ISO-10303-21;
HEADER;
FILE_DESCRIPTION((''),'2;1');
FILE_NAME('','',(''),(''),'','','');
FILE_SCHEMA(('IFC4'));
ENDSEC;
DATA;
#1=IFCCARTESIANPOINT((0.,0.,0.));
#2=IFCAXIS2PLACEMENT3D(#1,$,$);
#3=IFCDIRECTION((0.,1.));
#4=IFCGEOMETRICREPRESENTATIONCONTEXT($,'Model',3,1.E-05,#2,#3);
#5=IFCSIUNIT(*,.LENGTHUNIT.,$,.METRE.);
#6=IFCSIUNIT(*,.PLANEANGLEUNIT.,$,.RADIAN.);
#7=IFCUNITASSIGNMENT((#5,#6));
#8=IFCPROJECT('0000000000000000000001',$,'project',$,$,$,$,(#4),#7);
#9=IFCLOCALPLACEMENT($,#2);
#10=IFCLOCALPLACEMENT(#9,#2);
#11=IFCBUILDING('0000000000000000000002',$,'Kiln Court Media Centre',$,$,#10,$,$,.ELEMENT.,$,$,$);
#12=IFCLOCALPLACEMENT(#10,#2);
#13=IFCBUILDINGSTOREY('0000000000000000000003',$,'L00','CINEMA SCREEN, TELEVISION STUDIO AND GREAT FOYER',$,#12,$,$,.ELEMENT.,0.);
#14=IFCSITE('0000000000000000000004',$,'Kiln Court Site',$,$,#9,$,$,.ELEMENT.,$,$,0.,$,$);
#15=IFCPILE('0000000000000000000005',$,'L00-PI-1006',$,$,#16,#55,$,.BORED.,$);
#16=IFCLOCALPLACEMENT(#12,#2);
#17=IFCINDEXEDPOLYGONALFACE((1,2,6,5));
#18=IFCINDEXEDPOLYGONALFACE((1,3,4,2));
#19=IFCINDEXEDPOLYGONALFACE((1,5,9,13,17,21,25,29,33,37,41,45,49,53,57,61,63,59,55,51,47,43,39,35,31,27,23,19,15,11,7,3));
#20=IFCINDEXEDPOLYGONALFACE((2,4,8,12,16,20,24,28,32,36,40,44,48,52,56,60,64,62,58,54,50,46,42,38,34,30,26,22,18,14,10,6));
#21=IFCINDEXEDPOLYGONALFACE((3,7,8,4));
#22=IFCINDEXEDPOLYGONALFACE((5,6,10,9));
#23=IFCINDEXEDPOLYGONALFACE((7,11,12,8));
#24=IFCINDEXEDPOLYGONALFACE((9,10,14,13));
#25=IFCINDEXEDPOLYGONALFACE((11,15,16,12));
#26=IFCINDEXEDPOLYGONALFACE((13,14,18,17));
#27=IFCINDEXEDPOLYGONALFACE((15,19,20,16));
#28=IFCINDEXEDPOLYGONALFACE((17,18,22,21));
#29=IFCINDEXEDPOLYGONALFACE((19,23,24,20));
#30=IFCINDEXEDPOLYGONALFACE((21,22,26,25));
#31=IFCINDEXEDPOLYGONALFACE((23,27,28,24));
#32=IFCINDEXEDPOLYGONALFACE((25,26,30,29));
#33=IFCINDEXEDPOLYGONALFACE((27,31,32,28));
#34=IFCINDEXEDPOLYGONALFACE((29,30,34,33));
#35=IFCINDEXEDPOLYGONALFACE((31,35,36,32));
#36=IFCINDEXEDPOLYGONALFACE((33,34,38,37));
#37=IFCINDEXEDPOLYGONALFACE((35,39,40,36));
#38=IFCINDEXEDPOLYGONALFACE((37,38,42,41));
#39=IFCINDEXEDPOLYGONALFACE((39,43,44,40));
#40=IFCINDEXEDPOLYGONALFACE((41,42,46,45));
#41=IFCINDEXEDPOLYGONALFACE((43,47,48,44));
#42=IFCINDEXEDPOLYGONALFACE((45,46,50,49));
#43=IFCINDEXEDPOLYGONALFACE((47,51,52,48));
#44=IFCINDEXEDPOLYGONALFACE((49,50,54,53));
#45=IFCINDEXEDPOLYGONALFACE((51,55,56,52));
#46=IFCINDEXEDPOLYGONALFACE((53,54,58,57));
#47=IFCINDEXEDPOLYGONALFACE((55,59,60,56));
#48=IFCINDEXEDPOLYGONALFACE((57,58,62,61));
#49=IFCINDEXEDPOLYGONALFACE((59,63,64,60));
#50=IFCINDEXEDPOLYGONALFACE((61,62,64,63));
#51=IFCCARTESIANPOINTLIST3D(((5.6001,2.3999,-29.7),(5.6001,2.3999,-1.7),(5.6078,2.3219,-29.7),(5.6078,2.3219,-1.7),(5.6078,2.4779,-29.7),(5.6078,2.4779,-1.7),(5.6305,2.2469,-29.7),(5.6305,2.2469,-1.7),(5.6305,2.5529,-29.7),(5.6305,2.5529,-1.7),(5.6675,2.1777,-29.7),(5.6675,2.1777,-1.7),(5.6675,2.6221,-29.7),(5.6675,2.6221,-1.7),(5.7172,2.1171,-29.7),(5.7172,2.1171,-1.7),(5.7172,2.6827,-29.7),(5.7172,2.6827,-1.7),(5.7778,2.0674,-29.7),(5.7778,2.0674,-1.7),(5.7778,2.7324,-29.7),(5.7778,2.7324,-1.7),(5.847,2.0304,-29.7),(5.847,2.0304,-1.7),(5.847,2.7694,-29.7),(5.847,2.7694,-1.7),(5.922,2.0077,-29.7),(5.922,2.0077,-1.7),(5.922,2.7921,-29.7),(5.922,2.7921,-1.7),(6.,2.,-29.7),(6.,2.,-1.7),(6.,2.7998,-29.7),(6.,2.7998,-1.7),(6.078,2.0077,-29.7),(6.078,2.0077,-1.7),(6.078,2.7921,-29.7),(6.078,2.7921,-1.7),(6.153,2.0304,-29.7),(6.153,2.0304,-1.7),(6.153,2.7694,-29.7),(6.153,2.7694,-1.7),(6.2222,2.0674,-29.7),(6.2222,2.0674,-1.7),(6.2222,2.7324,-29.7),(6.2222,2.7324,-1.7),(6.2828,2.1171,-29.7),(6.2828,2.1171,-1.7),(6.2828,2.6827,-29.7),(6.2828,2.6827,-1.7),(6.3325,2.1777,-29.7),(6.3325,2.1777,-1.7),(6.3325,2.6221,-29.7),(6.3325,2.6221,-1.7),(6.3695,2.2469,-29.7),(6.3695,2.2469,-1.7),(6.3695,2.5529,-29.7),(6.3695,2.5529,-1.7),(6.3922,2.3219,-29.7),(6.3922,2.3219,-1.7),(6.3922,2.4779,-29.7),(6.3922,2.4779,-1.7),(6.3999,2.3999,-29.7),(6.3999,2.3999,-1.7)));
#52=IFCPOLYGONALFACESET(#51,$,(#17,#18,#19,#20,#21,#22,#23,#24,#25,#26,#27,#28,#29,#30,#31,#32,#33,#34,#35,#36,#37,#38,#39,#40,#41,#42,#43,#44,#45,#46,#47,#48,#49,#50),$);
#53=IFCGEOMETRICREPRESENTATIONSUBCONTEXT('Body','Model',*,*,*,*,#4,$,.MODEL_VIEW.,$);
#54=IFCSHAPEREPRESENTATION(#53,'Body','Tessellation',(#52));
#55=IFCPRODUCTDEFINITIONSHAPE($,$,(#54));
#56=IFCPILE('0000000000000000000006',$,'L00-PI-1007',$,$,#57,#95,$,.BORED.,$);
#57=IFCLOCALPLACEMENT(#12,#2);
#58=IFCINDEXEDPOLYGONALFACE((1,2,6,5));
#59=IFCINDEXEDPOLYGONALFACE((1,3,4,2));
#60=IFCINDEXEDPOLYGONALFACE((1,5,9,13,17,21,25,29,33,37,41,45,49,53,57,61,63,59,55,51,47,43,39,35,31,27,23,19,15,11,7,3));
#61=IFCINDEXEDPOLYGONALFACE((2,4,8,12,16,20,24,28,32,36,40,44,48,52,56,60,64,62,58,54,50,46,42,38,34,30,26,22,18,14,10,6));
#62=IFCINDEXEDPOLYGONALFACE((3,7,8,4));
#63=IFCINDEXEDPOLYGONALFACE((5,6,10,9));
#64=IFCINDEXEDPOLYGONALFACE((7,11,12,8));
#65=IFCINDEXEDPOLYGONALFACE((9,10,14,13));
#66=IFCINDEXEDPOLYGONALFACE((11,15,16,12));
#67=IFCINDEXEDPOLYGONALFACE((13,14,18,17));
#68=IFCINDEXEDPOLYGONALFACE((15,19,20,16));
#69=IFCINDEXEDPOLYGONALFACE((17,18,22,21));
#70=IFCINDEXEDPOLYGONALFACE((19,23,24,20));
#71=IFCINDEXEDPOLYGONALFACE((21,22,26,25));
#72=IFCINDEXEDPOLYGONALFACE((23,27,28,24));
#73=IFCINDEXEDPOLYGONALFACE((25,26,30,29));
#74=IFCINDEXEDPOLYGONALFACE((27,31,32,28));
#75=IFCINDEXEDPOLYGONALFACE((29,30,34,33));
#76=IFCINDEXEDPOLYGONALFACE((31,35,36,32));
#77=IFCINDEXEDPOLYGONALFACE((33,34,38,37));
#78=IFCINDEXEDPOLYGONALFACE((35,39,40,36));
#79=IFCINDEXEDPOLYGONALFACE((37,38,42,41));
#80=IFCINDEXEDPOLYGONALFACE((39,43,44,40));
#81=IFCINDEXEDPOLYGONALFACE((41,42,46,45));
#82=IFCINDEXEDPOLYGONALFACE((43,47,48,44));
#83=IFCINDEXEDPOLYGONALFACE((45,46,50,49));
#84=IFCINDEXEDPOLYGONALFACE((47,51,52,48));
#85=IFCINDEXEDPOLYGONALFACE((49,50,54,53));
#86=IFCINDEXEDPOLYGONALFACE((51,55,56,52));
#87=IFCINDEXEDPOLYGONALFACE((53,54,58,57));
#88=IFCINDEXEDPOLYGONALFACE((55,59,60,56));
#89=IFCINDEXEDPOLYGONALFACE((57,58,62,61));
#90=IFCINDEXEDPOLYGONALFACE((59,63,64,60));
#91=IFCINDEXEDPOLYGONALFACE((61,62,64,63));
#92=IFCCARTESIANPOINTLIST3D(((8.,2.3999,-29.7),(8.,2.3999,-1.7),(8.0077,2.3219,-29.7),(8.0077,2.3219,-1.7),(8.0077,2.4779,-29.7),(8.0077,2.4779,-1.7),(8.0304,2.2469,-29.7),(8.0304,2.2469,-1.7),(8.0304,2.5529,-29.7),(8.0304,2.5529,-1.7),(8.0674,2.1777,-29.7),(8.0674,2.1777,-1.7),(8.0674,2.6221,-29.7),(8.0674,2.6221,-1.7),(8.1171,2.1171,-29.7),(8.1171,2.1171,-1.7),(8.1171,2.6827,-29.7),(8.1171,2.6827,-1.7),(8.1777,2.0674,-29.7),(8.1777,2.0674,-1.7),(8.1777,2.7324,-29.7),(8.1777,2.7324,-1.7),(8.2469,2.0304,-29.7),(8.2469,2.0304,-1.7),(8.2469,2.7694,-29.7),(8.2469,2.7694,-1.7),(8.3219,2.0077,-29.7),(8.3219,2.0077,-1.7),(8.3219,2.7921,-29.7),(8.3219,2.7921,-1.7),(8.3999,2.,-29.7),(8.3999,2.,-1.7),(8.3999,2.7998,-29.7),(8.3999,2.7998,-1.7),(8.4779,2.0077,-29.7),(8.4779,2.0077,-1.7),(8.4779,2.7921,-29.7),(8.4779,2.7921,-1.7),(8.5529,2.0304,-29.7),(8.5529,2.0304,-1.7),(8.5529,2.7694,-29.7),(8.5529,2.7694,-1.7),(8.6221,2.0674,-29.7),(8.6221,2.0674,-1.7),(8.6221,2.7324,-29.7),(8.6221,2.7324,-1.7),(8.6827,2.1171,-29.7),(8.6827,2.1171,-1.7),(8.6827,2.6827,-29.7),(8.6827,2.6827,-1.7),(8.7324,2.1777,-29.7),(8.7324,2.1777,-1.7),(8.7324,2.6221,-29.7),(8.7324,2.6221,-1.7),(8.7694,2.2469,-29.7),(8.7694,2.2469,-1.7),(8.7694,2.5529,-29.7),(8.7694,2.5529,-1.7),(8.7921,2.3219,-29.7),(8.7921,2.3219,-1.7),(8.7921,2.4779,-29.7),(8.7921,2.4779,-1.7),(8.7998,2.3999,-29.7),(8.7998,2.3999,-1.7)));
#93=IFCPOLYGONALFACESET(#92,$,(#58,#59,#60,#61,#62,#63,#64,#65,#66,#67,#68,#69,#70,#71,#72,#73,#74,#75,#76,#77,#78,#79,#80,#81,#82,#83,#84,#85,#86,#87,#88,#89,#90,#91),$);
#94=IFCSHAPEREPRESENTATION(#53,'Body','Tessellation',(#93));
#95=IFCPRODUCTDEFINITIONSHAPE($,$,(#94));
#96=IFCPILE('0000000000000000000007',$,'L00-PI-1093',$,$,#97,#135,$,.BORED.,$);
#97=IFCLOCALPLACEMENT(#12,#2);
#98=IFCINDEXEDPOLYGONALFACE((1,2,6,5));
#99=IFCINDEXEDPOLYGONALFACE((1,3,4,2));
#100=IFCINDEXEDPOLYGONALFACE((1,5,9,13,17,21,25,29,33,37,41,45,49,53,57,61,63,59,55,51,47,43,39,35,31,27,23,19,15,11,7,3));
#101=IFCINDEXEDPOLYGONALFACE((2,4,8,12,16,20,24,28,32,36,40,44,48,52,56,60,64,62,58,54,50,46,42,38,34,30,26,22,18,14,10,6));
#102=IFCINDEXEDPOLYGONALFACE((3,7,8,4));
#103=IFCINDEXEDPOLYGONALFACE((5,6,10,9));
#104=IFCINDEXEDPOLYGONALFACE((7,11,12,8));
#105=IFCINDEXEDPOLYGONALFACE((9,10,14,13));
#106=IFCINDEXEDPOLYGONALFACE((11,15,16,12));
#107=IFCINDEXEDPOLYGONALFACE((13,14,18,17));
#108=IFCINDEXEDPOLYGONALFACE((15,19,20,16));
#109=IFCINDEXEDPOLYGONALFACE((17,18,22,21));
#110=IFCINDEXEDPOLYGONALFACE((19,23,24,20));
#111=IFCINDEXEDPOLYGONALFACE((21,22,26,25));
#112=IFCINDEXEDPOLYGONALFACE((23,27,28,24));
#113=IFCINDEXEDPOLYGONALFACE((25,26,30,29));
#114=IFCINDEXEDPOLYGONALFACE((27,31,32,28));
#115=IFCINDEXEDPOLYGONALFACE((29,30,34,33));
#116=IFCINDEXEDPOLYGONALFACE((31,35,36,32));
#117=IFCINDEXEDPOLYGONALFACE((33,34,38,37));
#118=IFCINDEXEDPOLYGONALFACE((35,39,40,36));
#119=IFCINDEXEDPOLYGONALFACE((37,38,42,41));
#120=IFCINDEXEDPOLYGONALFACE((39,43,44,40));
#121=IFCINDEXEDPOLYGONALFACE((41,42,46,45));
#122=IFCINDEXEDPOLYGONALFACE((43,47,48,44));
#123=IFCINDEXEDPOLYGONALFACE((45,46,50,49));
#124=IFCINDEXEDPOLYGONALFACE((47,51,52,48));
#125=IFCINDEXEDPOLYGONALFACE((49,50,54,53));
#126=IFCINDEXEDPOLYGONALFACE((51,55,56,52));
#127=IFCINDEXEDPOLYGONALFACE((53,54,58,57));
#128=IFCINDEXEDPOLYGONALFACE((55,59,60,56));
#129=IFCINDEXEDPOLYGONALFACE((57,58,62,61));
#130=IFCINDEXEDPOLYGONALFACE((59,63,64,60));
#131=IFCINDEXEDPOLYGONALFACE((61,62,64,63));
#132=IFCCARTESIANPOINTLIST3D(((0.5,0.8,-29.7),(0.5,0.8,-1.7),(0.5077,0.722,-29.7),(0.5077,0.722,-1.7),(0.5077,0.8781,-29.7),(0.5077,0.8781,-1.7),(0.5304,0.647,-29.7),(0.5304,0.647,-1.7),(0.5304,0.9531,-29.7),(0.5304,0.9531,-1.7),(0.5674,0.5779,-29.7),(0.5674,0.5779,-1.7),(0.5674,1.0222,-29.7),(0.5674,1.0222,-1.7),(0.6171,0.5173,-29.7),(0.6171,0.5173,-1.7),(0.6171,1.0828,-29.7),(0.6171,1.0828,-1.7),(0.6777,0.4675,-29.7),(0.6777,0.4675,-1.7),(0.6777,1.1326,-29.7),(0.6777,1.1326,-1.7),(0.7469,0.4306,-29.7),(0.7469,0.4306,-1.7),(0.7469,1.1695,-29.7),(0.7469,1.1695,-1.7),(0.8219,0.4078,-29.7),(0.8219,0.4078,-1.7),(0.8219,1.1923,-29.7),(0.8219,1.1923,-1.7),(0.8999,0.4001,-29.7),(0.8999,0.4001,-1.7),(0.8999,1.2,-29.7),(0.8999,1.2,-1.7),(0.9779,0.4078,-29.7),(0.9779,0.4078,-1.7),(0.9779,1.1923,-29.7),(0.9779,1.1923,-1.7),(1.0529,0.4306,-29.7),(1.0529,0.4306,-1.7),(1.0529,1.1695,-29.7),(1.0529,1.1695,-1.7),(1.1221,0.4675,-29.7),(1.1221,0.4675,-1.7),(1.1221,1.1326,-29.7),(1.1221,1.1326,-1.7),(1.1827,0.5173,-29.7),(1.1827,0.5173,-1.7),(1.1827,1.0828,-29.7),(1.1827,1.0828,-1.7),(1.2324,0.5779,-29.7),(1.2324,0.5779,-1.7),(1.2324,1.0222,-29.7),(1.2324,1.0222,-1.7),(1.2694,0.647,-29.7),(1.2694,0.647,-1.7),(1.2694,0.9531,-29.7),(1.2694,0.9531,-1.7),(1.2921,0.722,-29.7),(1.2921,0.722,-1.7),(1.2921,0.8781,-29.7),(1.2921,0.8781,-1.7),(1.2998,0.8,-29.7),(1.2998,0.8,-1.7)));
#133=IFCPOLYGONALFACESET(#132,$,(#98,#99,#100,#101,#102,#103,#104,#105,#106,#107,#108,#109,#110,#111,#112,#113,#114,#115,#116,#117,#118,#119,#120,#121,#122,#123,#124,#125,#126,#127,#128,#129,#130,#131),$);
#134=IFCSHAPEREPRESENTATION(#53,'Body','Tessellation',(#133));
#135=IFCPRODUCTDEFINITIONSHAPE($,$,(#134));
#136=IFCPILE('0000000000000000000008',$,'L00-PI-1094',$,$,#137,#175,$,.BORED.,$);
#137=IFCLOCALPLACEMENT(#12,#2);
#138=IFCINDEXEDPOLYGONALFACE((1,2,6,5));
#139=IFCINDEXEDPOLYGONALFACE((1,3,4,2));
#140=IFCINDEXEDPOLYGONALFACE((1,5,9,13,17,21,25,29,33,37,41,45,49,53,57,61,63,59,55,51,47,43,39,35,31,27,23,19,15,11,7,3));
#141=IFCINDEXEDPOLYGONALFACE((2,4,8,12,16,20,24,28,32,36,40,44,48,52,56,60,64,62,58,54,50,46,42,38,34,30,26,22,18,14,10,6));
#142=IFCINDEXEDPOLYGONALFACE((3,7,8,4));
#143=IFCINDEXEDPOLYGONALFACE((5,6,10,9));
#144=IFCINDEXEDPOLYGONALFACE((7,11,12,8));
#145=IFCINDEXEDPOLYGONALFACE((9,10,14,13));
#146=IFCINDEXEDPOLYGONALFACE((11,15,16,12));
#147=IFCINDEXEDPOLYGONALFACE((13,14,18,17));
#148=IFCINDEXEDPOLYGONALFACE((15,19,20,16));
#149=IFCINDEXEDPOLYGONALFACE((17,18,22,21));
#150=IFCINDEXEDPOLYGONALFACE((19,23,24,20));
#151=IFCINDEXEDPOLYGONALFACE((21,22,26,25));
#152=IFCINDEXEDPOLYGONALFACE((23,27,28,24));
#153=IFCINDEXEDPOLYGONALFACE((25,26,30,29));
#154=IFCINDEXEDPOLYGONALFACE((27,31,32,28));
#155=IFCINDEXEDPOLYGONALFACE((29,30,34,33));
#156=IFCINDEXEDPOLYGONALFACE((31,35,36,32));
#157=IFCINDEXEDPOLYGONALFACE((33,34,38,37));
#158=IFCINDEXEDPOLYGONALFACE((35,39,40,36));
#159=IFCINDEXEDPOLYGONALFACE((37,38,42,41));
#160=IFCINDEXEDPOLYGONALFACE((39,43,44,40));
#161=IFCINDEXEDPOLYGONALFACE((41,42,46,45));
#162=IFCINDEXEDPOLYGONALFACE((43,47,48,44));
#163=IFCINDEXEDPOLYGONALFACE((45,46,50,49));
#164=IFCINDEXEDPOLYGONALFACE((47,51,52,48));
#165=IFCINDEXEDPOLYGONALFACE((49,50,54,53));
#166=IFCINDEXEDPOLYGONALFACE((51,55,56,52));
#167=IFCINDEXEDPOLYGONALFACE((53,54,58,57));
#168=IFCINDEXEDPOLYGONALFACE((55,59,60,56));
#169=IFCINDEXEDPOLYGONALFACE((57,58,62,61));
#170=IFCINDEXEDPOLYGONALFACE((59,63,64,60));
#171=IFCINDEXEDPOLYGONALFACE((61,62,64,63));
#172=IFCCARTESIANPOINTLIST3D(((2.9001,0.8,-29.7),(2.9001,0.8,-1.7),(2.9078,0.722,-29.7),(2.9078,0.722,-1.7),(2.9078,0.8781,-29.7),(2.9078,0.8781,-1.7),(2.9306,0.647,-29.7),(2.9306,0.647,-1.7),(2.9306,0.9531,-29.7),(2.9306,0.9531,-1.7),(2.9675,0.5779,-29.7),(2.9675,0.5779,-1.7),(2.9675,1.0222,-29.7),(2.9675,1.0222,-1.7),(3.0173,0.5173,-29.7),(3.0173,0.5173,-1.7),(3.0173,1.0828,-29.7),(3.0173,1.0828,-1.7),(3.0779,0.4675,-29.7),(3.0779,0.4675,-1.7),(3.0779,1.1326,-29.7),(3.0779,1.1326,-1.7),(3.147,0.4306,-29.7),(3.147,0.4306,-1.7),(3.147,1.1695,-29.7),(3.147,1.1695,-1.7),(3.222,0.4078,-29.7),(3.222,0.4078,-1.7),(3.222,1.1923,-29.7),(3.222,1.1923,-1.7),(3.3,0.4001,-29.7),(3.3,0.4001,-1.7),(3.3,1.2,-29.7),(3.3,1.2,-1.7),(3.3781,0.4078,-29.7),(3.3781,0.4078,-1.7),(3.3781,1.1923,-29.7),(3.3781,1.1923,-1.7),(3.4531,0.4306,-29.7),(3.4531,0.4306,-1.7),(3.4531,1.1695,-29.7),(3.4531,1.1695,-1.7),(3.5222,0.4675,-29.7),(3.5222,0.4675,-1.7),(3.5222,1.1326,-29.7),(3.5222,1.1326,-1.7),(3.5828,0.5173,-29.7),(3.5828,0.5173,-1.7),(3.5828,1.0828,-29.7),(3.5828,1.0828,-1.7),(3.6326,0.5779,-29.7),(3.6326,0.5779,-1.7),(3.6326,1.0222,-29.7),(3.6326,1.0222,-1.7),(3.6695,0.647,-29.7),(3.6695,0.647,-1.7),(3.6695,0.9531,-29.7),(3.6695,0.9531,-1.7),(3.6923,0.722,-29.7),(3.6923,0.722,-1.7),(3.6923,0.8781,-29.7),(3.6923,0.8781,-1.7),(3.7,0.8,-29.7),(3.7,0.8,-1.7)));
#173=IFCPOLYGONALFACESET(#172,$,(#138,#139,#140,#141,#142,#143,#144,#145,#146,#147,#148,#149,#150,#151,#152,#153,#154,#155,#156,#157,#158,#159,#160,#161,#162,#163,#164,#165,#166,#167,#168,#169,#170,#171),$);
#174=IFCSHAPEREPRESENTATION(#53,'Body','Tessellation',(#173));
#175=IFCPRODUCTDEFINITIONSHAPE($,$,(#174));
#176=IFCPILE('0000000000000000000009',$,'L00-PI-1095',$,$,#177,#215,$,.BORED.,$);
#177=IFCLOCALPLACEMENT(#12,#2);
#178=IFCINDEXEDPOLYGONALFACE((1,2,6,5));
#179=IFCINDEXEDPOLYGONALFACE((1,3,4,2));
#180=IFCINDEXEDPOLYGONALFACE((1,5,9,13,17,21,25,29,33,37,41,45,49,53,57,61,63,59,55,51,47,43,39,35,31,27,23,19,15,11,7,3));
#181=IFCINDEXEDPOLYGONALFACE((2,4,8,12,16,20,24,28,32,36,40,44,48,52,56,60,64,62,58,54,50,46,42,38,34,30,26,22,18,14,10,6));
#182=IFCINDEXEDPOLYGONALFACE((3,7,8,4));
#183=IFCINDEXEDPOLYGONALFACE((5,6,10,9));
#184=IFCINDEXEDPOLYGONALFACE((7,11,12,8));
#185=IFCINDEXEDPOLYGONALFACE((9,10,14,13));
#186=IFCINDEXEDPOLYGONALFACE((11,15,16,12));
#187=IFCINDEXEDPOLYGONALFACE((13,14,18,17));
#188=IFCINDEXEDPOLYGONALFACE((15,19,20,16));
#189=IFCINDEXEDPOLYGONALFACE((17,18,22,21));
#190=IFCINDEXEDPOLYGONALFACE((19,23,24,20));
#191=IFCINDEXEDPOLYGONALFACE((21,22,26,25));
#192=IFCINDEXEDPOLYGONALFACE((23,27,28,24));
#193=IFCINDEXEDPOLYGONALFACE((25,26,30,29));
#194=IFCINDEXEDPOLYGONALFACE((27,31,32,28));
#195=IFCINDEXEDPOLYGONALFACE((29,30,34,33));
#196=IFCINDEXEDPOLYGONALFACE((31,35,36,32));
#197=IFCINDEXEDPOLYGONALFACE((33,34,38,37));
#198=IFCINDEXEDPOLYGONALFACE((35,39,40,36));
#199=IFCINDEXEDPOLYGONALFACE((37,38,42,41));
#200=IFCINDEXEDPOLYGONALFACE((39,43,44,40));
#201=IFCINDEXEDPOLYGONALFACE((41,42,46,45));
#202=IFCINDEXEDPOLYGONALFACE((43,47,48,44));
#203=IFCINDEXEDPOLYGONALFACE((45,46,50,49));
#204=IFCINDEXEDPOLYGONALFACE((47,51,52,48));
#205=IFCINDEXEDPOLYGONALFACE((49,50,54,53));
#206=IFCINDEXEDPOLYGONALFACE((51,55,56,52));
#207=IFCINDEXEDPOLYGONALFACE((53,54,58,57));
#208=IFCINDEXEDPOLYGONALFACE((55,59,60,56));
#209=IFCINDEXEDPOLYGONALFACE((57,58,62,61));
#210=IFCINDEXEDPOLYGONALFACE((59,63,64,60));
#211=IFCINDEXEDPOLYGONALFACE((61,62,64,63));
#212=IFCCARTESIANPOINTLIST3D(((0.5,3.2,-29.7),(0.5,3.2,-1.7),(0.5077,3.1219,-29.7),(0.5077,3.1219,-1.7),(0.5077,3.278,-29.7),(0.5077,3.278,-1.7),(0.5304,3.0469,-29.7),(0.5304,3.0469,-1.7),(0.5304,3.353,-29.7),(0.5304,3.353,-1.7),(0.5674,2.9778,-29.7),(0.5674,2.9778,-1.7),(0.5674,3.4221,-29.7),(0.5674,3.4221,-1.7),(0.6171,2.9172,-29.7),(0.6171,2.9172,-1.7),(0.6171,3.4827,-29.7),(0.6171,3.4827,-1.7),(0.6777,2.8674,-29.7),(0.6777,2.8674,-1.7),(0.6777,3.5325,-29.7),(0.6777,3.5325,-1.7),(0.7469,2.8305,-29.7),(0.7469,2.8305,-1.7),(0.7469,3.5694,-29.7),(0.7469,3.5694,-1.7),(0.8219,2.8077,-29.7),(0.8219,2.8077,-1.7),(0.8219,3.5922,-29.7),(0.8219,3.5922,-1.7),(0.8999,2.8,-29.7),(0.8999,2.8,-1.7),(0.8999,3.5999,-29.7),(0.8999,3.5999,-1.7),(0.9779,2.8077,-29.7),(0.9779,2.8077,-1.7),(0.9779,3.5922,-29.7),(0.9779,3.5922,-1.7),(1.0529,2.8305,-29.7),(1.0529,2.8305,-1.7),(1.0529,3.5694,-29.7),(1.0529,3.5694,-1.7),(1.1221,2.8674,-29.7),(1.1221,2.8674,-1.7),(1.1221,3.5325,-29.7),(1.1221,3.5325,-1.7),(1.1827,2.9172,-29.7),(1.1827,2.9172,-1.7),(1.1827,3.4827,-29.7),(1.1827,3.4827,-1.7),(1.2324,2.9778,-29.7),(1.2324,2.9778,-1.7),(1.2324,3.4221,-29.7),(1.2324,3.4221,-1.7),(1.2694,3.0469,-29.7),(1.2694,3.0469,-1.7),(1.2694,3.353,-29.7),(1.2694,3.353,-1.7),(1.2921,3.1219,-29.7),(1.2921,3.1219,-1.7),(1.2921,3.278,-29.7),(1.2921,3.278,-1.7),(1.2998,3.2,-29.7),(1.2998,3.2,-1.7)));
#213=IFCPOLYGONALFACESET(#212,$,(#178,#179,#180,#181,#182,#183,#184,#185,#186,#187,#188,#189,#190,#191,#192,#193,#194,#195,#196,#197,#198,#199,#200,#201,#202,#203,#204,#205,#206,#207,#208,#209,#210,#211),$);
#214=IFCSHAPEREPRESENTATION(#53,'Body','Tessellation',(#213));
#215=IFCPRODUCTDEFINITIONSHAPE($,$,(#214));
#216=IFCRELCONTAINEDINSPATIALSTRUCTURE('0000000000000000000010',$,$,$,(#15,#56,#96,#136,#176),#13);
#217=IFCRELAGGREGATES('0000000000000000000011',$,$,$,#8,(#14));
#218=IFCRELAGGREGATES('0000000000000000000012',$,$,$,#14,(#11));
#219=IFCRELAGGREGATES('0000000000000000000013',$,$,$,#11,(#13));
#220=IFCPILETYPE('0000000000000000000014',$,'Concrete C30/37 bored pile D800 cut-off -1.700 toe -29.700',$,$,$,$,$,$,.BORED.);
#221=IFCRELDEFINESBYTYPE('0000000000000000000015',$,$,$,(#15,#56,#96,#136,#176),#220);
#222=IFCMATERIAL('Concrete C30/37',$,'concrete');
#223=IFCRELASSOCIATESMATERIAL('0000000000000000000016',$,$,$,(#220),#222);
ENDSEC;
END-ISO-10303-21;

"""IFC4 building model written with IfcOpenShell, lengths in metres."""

from ifc_helpers import new_model, si_unit, direction, frame, origin, origin_2d, place, context, subcontext, project, spatial, circle, extrude, material, material_profile, profile_set, type_object, element, save


model = new_model("IFC4")

# Units and contexts
model_context = context("Model", 3, precision=1e-05, world=origin(), true_north=direction((0.0, 1.0)))
body_context = subcontext(model_context, "Body", "Model", "MODEL_VIEW")
ifc_project = project(units=[si_unit("LENGTHUNIT", "METRE"), si_unit("PLANEANGLEUNIT", "RADIAN")], contexts=[model_context])

# Site, building, storey
site_placement = place(None, origin())
site = spatial("IfcSite", under=ifc_project, at=site_placement, Name="Kiln Court Site", CompositionType="ELEMENT", RefElevation=0.0)
building_placement = place(site_placement, origin())
building = spatial("IfcBuilding", under=site, at=building_placement, Name="Kiln Court Media Centre", CompositionType="ELEMENT")
storey_placement = place(building_placement, origin())
storey = spatial("IfcBuildingStorey", under=building, at=storey_placement, Name="L00", Description="CINEMA SCREEN, TELEVISION STUDIO AND GREAT FOYER", CompositionType="ELEMENT", Elevation=0.0)

# Piles
ifc_material_1 = material(Name="Concrete C30/37", Category="concrete")
ifc_material_profile = material_profile(ifc_material_1, circle(Radius=0.3999, at=origin_2d()), Name="PILE D800")
ifc_profile_set = profile_set([ifc_material_profile], Name="Concrete C30/37")
pile_type = type_object("IfcPileType", Name="Concrete C30/37 bored pile D800 cut-off -1.700 toe -29.700", PredefinedType="BORED", material=ifc_profile_set)
for number, where, z_axis, x_axis, name in (
    (1, (6.0, 2.3999, -1.7), (0.0, 0.0, -1.0), (1.0, 0.0, 0.0), "L00-PI-1006"),
    (2, (8.3999, 2.3999, -1.7), (0.0, 0.0, -1.0), (1.0, 0.0, 0.0), "L00-PI-1007"),
    (3, (0.8999, 0.8, -1.7), (0.0, 0.0, -1.0), (1.0, 0.0, 0.0), "L00-PI-1093"),
    (4, (3.3, 0.8, -1.7), (0.0, 0.0, -1.0), (1.0, 0.0, 0.0), "L00-PI-1094"),
    (5, (0.8999, 3.2, -1.7), (0.0, 0.0, -1.0), (1.0, 0.0, 0.0), "L00-PI-1095"),
):
    element("IfcPile", number, at=place(storey_placement, frame(where, z_axis=z_axis, x_axis=x_axis)), inside=storey, type_object=pile_type, Name=name, PredefinedType="BORED", context=body_context, shape_type="SweptSolid", body=[
        extrude(circle(Radius=0.3999, at=origin_2d()), origin(), (0.0, 0.0, 1.0), 28.0),
    ])

save(model, "model.ifc")
